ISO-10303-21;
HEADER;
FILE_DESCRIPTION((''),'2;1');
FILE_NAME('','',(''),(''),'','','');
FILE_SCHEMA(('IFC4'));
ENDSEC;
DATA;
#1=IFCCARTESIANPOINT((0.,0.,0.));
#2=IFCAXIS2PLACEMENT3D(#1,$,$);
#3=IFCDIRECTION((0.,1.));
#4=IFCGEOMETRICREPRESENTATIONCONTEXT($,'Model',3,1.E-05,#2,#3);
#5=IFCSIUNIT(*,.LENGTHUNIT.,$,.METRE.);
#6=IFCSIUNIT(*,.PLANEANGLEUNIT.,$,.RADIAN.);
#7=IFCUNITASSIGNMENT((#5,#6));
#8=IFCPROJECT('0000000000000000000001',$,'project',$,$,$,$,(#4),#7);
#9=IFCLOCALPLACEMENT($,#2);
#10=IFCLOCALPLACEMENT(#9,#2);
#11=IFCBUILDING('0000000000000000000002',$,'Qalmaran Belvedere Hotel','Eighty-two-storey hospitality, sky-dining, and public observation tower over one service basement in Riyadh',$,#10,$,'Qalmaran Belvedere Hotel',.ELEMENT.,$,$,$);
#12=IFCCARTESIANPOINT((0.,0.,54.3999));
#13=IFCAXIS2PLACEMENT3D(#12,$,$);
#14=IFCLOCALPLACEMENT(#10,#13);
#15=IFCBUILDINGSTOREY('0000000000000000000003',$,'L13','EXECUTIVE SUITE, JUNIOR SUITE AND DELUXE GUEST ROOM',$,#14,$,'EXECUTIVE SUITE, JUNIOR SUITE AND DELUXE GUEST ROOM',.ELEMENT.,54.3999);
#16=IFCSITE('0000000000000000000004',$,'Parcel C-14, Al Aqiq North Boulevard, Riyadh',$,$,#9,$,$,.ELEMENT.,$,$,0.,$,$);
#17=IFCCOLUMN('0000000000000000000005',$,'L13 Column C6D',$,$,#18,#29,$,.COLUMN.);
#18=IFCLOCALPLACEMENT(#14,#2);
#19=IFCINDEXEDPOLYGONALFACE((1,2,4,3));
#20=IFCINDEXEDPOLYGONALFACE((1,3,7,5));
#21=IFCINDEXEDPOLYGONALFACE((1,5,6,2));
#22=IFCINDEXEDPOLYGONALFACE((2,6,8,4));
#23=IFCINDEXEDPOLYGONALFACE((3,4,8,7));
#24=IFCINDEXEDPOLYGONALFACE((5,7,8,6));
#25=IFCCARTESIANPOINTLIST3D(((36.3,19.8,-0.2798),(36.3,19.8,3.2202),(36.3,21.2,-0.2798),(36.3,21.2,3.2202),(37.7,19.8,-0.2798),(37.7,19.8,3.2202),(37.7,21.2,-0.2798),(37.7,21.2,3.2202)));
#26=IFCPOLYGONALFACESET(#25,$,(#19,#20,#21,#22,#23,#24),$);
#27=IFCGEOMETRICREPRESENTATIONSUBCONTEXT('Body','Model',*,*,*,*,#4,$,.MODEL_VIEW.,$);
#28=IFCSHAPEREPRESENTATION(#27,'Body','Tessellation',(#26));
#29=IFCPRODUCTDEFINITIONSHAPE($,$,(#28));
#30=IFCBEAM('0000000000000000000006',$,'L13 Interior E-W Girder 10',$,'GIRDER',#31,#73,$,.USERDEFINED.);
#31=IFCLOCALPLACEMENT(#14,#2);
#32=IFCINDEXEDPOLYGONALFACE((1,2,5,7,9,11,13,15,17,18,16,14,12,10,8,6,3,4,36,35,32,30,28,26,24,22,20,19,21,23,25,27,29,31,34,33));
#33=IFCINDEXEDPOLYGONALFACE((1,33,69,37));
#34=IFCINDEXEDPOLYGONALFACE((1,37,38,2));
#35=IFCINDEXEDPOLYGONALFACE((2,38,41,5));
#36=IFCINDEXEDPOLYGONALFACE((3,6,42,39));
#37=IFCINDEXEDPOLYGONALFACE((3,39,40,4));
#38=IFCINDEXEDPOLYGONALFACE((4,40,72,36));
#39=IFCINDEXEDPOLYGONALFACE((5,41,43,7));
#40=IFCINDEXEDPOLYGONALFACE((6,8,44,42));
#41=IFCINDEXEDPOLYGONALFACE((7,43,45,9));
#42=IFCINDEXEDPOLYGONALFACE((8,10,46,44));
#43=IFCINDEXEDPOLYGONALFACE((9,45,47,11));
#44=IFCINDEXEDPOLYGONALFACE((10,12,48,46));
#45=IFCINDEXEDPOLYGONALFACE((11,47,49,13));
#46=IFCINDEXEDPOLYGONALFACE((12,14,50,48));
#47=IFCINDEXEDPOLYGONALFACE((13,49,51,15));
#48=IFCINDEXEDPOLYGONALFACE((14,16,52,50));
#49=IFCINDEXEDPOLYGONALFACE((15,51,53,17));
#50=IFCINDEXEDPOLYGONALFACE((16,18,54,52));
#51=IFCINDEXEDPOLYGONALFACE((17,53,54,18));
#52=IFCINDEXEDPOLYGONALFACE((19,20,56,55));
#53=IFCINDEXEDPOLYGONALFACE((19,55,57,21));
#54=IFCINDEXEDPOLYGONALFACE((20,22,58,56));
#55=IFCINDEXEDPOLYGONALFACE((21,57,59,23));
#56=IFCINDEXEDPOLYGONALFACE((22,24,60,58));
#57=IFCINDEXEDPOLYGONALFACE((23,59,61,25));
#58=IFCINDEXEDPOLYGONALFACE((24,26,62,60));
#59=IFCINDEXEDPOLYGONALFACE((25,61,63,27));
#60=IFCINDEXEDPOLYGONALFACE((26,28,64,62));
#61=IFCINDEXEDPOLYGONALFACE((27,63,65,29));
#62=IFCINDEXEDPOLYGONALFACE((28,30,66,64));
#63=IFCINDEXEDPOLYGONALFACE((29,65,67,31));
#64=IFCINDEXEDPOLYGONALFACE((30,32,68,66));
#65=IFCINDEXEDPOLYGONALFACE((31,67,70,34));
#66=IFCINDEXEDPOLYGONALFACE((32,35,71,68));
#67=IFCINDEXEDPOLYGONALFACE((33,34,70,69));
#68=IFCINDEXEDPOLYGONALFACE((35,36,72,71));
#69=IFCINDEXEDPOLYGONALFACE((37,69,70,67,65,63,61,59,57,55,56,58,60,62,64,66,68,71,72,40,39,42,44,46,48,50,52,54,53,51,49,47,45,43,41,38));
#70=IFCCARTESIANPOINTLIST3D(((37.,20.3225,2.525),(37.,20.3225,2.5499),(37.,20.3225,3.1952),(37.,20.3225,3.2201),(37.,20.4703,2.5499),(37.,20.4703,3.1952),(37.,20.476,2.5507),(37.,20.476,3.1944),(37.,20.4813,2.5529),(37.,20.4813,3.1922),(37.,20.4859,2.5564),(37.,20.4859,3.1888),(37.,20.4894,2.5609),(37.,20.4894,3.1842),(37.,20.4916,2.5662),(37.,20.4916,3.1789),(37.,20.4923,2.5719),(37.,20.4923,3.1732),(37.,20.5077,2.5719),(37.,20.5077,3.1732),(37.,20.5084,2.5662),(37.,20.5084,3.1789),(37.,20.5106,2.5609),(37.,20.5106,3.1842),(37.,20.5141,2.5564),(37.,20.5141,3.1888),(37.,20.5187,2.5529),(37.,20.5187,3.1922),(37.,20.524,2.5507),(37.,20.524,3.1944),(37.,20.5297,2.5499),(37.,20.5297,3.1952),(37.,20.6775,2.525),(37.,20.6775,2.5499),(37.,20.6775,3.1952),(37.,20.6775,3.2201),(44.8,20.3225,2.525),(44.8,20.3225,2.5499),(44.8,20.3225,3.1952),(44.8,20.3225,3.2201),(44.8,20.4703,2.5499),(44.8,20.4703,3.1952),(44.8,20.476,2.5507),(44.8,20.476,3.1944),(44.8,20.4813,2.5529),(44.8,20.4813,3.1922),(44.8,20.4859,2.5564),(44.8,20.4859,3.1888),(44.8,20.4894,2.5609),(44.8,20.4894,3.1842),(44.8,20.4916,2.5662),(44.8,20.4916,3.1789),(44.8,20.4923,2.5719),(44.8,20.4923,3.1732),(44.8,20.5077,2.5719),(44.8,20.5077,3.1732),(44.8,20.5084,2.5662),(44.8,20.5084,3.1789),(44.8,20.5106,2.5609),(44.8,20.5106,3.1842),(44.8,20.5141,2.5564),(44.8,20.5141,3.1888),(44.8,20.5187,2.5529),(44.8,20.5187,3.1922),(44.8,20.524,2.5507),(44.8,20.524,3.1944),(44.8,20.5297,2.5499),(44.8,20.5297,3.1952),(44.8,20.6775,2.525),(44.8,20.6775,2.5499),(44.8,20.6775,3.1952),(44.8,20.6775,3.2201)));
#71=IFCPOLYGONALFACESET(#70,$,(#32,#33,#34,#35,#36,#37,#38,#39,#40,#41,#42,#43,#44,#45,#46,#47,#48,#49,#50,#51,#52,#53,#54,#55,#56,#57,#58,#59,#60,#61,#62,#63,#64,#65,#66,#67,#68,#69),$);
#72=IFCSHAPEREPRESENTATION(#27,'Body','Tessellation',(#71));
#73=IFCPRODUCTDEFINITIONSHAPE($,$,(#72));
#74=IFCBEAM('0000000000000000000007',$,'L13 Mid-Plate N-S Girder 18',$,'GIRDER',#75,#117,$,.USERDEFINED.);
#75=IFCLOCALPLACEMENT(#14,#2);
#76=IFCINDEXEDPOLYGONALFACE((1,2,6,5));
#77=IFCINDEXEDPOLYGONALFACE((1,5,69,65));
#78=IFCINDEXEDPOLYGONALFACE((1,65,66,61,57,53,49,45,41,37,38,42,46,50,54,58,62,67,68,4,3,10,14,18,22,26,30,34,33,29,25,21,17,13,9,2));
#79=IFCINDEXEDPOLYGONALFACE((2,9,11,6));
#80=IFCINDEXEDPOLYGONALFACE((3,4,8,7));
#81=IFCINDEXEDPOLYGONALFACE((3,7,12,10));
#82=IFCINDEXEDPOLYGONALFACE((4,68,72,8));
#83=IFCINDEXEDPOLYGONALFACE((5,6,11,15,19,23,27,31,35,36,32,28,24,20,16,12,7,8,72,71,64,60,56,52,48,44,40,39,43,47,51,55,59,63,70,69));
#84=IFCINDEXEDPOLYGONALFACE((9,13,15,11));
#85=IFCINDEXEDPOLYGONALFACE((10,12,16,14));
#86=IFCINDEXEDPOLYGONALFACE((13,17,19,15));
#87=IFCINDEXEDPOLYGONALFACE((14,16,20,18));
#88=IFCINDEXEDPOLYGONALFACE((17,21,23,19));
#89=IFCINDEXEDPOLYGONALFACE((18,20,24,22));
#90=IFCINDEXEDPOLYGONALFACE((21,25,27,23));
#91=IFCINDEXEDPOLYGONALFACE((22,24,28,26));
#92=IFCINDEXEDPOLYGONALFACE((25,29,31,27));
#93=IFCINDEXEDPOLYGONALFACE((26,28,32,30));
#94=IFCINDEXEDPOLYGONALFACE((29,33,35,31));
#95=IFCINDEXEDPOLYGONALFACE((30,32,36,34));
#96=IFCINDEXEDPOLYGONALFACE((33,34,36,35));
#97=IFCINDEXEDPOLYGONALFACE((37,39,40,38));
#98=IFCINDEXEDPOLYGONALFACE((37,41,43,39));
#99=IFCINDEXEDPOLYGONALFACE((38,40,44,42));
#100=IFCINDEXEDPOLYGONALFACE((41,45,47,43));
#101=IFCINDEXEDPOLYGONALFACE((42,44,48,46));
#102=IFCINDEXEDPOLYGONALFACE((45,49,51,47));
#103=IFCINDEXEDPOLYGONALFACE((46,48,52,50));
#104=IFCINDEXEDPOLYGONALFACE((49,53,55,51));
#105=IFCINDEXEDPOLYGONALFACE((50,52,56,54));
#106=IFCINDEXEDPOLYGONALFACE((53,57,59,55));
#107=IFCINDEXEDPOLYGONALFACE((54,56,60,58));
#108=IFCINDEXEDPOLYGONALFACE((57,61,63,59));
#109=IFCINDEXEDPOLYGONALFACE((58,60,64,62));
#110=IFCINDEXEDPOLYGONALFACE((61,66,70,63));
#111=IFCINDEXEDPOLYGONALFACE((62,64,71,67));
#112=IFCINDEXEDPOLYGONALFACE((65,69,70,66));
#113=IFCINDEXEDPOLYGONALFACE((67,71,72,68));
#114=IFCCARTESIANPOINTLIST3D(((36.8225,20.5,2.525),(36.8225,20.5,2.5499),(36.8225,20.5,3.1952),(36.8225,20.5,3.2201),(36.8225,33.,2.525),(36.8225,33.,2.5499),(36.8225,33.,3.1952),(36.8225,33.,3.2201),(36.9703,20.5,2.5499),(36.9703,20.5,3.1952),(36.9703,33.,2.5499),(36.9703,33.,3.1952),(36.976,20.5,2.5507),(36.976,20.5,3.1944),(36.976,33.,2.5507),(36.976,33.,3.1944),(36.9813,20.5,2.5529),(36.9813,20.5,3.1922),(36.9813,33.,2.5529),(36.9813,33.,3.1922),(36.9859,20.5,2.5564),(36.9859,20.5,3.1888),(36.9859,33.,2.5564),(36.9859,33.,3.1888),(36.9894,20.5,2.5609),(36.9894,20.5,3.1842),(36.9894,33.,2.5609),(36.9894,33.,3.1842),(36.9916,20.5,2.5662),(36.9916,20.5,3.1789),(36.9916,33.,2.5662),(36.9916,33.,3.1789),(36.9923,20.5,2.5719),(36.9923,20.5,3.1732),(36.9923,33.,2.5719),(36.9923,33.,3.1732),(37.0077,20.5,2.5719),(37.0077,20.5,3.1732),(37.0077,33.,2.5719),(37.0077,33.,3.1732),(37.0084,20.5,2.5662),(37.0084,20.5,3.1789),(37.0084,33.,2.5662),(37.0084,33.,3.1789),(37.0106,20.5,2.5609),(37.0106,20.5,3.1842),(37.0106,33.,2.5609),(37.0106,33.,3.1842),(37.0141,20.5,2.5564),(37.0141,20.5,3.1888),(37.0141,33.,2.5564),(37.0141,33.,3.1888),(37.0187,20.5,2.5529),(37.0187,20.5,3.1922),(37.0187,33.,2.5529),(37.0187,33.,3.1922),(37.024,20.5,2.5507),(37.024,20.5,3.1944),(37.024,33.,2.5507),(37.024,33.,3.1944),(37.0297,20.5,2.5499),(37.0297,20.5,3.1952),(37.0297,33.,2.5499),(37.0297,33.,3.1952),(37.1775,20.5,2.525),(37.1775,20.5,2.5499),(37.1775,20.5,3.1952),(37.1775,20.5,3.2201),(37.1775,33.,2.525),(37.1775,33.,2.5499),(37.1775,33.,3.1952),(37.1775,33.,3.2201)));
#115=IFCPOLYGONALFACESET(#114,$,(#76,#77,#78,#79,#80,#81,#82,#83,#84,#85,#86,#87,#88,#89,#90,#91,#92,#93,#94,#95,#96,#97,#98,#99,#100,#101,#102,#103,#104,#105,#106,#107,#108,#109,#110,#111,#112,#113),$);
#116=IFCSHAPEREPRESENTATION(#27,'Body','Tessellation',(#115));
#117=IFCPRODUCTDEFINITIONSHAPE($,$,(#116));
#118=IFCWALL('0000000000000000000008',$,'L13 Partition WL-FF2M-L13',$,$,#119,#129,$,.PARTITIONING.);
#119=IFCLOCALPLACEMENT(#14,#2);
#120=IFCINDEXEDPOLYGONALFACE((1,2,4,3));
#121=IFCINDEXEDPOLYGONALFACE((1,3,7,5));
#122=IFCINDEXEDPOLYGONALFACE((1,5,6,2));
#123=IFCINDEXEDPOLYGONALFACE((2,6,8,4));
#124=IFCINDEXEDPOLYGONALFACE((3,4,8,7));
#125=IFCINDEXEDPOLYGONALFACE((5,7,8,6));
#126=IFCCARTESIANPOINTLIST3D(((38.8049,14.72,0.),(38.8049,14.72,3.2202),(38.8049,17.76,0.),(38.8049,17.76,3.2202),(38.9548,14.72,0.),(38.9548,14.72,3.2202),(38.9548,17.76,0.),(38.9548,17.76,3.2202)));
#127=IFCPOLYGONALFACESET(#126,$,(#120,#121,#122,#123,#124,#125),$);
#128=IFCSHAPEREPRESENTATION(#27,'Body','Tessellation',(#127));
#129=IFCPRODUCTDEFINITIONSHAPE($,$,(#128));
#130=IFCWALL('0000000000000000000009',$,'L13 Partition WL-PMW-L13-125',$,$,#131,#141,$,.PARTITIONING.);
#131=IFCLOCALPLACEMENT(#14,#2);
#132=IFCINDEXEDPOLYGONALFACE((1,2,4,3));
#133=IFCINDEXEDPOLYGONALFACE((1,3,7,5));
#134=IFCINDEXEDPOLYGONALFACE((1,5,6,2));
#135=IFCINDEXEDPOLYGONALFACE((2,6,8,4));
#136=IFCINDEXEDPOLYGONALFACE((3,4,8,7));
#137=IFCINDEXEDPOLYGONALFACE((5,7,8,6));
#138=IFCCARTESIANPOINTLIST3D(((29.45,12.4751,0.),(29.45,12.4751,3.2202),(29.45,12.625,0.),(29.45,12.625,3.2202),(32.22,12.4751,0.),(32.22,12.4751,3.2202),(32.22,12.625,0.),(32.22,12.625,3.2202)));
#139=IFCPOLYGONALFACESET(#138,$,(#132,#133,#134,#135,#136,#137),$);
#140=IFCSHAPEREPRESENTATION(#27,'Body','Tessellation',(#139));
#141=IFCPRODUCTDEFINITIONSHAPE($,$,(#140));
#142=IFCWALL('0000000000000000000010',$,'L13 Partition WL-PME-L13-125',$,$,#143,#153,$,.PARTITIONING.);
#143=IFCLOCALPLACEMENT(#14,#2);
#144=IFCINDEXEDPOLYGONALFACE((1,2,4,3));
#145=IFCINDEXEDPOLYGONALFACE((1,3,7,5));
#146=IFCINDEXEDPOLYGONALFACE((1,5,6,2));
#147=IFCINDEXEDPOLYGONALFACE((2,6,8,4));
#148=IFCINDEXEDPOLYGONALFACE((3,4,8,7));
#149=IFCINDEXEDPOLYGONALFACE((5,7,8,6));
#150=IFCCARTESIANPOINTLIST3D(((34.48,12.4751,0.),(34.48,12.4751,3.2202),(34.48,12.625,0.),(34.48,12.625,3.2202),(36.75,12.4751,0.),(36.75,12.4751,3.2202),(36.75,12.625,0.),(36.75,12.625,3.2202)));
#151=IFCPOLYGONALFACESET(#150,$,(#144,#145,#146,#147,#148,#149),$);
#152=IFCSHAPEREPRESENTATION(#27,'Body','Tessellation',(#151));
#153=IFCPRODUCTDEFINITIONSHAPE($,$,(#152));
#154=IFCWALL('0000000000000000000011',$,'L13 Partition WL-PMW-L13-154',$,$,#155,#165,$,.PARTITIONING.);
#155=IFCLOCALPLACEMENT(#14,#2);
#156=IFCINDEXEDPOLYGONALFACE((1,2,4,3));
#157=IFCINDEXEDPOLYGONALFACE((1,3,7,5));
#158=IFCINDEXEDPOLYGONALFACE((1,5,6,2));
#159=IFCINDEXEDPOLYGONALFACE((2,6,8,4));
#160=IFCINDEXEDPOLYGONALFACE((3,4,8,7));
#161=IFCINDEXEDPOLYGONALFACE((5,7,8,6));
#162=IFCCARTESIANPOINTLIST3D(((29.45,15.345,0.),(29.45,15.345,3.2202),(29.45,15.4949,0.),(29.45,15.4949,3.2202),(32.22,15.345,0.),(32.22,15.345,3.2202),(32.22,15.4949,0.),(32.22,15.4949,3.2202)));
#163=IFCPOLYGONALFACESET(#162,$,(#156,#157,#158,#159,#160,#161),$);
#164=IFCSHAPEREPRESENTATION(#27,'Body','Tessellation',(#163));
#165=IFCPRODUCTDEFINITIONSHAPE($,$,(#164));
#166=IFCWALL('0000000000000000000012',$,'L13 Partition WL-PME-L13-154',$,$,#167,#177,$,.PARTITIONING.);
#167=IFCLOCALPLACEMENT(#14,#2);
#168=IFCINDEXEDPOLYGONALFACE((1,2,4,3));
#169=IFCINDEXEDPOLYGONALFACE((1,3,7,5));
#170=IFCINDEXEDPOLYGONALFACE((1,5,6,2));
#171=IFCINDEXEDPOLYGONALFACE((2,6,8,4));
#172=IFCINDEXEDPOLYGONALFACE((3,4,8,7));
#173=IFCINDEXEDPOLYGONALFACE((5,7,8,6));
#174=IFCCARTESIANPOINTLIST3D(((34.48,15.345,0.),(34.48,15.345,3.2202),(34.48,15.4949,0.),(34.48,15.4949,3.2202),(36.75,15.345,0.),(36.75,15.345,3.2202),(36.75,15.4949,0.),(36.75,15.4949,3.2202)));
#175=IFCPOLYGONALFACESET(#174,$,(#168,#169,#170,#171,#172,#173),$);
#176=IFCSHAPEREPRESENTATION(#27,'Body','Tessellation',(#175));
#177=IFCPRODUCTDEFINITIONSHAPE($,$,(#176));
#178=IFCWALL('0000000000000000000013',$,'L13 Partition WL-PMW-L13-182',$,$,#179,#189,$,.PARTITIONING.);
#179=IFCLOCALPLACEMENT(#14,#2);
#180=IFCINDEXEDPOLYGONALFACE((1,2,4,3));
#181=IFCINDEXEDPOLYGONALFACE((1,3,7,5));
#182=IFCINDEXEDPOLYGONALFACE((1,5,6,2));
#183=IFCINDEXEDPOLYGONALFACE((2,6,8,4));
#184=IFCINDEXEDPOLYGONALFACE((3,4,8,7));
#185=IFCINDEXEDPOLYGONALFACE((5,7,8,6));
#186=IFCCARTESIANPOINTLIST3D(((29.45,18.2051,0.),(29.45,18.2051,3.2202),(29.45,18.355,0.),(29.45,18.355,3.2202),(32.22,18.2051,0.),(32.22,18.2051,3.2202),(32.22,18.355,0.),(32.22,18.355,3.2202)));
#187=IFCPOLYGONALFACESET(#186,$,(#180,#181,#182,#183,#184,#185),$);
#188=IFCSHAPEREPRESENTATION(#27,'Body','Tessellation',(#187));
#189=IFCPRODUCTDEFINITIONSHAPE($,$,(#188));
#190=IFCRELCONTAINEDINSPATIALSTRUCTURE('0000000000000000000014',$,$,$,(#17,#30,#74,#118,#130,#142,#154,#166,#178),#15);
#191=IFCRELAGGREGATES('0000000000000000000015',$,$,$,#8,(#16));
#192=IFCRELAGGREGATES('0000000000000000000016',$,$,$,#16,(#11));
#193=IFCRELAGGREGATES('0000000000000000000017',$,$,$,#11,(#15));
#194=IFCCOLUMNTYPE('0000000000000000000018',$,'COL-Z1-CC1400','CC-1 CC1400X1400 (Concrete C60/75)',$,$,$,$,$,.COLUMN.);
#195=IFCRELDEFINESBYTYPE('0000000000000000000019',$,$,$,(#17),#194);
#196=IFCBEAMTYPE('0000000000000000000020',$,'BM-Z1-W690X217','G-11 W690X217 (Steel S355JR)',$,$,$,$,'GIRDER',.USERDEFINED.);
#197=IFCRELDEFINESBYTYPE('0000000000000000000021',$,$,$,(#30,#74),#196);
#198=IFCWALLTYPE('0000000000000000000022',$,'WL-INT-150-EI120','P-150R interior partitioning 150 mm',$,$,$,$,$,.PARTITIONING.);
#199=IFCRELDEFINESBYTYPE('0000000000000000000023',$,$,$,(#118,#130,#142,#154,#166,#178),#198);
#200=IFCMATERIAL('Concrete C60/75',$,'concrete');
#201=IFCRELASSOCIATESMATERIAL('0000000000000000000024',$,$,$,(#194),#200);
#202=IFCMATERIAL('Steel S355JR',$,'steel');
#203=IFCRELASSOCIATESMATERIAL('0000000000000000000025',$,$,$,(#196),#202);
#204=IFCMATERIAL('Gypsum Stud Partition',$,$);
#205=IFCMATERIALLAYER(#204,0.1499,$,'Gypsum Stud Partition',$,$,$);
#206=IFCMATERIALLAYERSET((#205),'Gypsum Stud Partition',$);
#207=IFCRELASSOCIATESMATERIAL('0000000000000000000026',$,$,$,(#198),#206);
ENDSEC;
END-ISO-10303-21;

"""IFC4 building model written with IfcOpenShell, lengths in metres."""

from ifc_helpers import new_model, si_unit, direction, frame, frame_2d, origin, origin_2d, place, context, subcontext, project, spatial, rectangle, i_section, extrude, material, layer, layer_set, material_profile, profile_set, type_object, element, save


model = new_model("IFC4")

# Units and contexts
model_context = context("Model", 3, precision=1e-05, world=origin(), true_north=direction((0.0, 1.0)))
body_context = subcontext(model_context, "Body", "Model", "MODEL_VIEW")
ifc_project = project(units=[si_unit("LENGTHUNIT", "METRE"), si_unit("PLANEANGLEUNIT", "RADIAN")], contexts=[model_context])

# Site, building, storey
site_placement = place(None, origin())
site = spatial("IfcSite", under=ifc_project, at=site_placement, Name="Parcel C-14, Al Aqiq North Boulevard, Riyadh", CompositionType="ELEMENT", RefElevation=0.0)
building_placement = place(site_placement, origin())
building = spatial("IfcBuilding", under=site, at=building_placement, Name="Qalmaran Belvedere Hotel", Description="Eighty-two-storey hospitality, sky-dining, and public observation tower over one service basement in Riyadh", LongName="Qalmaran Belvedere Hotel", CompositionType="ELEMENT")
storey_placement = place(building_placement, frame((0.0, 0.0, 54.3999)))
storey = spatial("IfcBuildingStorey", under=building, at=storey_placement, Name="L13", Description="EXECUTIVE SUITE, JUNIOR SUITE AND DELUXE GUEST ROOM", LongName="EXECUTIVE SUITE, JUNIOR SUITE AND DELUXE GUEST ROOM", CompositionType="ELEMENT", Elevation=54.3999)

# Column
ifc_material_1 = material(Name="Concrete C60/75", Category="concrete")
ifc_material_profile_1 = material_profile(ifc_material_1, rectangle(XDim=1.3999, YDim=1.3999, at=origin_2d()), Name="CC1400X1400")
ifc_profile_set_1 = profile_set([ifc_material_profile_1], Name="Concrete C60/75")
column_type = type_object("IfcColumnType", Name="COL-Z1-CC1400", Description="CC-1 CC1400X1400 (Concrete C60/75)", PredefinedType="COLUMN", material=ifc_profile_set_1)
column_placement = place(storey_placement, frame((37.0, 20.5, -0.2798), z_axis=(0.0, 0.0, 1.0), x_axis=(1.0, 0.0, 0.0)))
element("IfcColumn", 1, at=column_placement, inside=storey, type_object=column_type, Name="L13 Column C6D", PredefinedType="COLUMN", context=body_context, shape_type="SweptSolid", body=[
    extrude(rectangle(XDim=1.3999, YDim=1.3999, at=origin_2d()), origin(), (0.0, 0.0, 1.0), 3.5),
])

# Beams
ifc_material_2 = material(Name="Steel S355JR", Category="steel")
ifc_material_profile_2 = material_profile(ifc_material_2, i_section(OverallWidth=0.355, OverallDepth=0.6951, WebThickness=0.0154, FlangeThickness=0.0249, FilletRadius=0.022, at=origin_2d()), Name="W690X217")
ifc_profile_set_2 = profile_set([ifc_material_profile_2], Name="Steel S355JR")
beam_type = type_object("IfcBeamType", Name="BM-Z1-W690X217", Description="G-11 W690X217 (Steel S355JR)", ElementType="GIRDER", PredefinedType="USERDEFINED", material=ifc_profile_set_2)
beam_1_placement = place(storey_placement, frame((37.0, 20.5, 2.8726), z_axis=(1.0, 0.0, 0.0), x_axis=(0.0, 1.0, 0.0)))
element("IfcBeam", 2, at=beam_1_placement, inside=storey, type_object=beam_type, Name="L13 Interior E-W Girder 10", ObjectType="GIRDER", PredefinedType="USERDEFINED", context=body_context, shape_type="SweptSolid", body=[
    extrude(i_section(OverallWidth=0.355, OverallDepth=0.6951, WebThickness=0.0154, FlangeThickness=0.0249, FilletRadius=0.022, at=origin_2d()), origin(), (0.0, 0.0, 1.0), 7.8),
])
beam_2_placement = place(storey_placement, frame((37.0, 20.5, 2.8726), z_axis=(0.0, 1.0, 0.0), x_axis=(-1.0, 0.0, 0.0)))
element("IfcBeam", 3, at=beam_2_placement, inside=storey, type_object=beam_type, Name="L13 Mid-Plate N-S Girder 18", ObjectType="GIRDER", PredefinedType="USERDEFINED", context=body_context, shape_type="SweptSolid", body=[
    extrude(i_section(OverallWidth=0.355, OverallDepth=0.6951, WebThickness=0.0154, FlangeThickness=0.0249, FilletRadius=0.022, at=origin_2d()), origin(), (0.0, 0.0, 1.0), 12.5),
])

# Walls
ifc_material_3 = material(Name="Gypsum Stud Partition")
ifc_layer_1 = layer(ifc_material_3, 0.1499, Name="Gypsum Stud Partition")
ifc_layer_set_1 = layer_set([ifc_layer_1], Name="Gypsum Stud Partition")
wall_type_1 = type_object("IfcWallType", Name="WL-INT-150-EI120", Description="P-150R interior partitioning 150 mm", PredefinedType="PARTITIONING", material=ifc_layer_set_1)
wall_1_placement = place(storey_placement, frame((38.8799, 14.72, 0.0), z_axis=(0.0, 0.0, 1.0), x_axis=(0.0, 1.0, 0.0)))
element("IfcWall", 4, at=wall_1_placement, inside=storey, type_object=wall_type_1, Name="L13 Partition WL-FF2M-L13", PredefinedType="PARTITIONING", context=body_context, shape_type="SweptSolid", body=[
    extrude(rectangle(XDim=3.04, YDim=0.1499, at=frame_2d((1.52, 0.0))), origin(), (0.0, 0.0, 1.0), 3.2202),
])
wall_2_placement = place(storey_placement, frame((29.45, 12.55, 0.0), z_axis=(0.0, 0.0, 1.0), x_axis=(1.0, 0.0, 0.0)))
element("IfcWall", 5, at=wall_2_placement, inside=storey, type_object=wall_type_1, Name="L13 Partition WL-PMW-L13-125", PredefinedType="PARTITIONING", context=body_context, shape_type="SweptSolid", body=[
    extrude(rectangle(XDim=2.77, YDim=0.1499, at=frame_2d((1.385, 0.0))), origin(), (0.0, 0.0, 1.0), 3.2202),
])
wall_3_placement = place(storey_placement, frame((34.48, 12.55, 0.0), z_axis=(0.0, 0.0, 1.0), x_axis=(1.0, 0.0, 0.0)))
element("IfcWall", 6, at=wall_3_placement, inside=storey, type_object=wall_type_1, Name="L13 Partition WL-PME-L13-125", PredefinedType="PARTITIONING", context=body_context, shape_type="SweptSolid", body=[
    extrude(rectangle(XDim=2.27, YDim=0.1499, at=frame_2d((1.135, 0.0))), origin(), (0.0, 0.0, 1.0), 3.2202),
])
wall_4_placement = place(storey_placement, frame((29.45, 15.4199, 0.0), z_axis=(0.0, 0.0, 1.0), x_axis=(1.0, 0.0, 0.0)))
element("IfcWall", 7, at=wall_4_placement, inside=storey, type_object=wall_type_1, Name="L13 Partition WL-PMW-L13-154", PredefinedType="PARTITIONING", context=body_context, shape_type="SweptSolid", body=[
    extrude(rectangle(XDim=2.77, YDim=0.1499, at=frame_2d((1.385, 0.0))), origin(), (0.0, 0.0, 1.0), 3.2202),
])
wall_5_placement = place(storey_placement, frame((34.48, 15.4199, 0.0), z_axis=(0.0, 0.0, 1.0), x_axis=(1.0, 0.0, 0.0)))
element("IfcWall", 8, at=wall_5_placement, inside=storey, type_object=wall_type_1, Name="L13 Partition WL-PME-L13-154", PredefinedType="PARTITIONING", context=body_context, shape_type="SweptSolid", body=[
    extrude(rectangle(XDim=2.27, YDim=0.1499, at=frame_2d((1.135, 0.0))), origin(), (0.0, 0.0, 1.0), 3.2202),
])
wall_6_placement = place(storey_placement, frame((29.45, 18.28, 0.0), z_axis=(0.0, 0.0, 1.0), x_axis=(1.0, 0.0, 0.0)))
element("IfcWall", 9, at=wall_6_placement, inside=storey, type_object=wall_type_1, Name="L13 Partition WL-PMW-L13-182", PredefinedType="PARTITIONING", context=body_context, shape_type="SweptSolid", body=[
    extrude(rectangle(XDim=2.77, YDim=0.1499, at=frame_2d((1.385, 0.0))), origin(), (0.0, 0.0, 1.0), 3.2202),
])

save(model, "model.ifc")
